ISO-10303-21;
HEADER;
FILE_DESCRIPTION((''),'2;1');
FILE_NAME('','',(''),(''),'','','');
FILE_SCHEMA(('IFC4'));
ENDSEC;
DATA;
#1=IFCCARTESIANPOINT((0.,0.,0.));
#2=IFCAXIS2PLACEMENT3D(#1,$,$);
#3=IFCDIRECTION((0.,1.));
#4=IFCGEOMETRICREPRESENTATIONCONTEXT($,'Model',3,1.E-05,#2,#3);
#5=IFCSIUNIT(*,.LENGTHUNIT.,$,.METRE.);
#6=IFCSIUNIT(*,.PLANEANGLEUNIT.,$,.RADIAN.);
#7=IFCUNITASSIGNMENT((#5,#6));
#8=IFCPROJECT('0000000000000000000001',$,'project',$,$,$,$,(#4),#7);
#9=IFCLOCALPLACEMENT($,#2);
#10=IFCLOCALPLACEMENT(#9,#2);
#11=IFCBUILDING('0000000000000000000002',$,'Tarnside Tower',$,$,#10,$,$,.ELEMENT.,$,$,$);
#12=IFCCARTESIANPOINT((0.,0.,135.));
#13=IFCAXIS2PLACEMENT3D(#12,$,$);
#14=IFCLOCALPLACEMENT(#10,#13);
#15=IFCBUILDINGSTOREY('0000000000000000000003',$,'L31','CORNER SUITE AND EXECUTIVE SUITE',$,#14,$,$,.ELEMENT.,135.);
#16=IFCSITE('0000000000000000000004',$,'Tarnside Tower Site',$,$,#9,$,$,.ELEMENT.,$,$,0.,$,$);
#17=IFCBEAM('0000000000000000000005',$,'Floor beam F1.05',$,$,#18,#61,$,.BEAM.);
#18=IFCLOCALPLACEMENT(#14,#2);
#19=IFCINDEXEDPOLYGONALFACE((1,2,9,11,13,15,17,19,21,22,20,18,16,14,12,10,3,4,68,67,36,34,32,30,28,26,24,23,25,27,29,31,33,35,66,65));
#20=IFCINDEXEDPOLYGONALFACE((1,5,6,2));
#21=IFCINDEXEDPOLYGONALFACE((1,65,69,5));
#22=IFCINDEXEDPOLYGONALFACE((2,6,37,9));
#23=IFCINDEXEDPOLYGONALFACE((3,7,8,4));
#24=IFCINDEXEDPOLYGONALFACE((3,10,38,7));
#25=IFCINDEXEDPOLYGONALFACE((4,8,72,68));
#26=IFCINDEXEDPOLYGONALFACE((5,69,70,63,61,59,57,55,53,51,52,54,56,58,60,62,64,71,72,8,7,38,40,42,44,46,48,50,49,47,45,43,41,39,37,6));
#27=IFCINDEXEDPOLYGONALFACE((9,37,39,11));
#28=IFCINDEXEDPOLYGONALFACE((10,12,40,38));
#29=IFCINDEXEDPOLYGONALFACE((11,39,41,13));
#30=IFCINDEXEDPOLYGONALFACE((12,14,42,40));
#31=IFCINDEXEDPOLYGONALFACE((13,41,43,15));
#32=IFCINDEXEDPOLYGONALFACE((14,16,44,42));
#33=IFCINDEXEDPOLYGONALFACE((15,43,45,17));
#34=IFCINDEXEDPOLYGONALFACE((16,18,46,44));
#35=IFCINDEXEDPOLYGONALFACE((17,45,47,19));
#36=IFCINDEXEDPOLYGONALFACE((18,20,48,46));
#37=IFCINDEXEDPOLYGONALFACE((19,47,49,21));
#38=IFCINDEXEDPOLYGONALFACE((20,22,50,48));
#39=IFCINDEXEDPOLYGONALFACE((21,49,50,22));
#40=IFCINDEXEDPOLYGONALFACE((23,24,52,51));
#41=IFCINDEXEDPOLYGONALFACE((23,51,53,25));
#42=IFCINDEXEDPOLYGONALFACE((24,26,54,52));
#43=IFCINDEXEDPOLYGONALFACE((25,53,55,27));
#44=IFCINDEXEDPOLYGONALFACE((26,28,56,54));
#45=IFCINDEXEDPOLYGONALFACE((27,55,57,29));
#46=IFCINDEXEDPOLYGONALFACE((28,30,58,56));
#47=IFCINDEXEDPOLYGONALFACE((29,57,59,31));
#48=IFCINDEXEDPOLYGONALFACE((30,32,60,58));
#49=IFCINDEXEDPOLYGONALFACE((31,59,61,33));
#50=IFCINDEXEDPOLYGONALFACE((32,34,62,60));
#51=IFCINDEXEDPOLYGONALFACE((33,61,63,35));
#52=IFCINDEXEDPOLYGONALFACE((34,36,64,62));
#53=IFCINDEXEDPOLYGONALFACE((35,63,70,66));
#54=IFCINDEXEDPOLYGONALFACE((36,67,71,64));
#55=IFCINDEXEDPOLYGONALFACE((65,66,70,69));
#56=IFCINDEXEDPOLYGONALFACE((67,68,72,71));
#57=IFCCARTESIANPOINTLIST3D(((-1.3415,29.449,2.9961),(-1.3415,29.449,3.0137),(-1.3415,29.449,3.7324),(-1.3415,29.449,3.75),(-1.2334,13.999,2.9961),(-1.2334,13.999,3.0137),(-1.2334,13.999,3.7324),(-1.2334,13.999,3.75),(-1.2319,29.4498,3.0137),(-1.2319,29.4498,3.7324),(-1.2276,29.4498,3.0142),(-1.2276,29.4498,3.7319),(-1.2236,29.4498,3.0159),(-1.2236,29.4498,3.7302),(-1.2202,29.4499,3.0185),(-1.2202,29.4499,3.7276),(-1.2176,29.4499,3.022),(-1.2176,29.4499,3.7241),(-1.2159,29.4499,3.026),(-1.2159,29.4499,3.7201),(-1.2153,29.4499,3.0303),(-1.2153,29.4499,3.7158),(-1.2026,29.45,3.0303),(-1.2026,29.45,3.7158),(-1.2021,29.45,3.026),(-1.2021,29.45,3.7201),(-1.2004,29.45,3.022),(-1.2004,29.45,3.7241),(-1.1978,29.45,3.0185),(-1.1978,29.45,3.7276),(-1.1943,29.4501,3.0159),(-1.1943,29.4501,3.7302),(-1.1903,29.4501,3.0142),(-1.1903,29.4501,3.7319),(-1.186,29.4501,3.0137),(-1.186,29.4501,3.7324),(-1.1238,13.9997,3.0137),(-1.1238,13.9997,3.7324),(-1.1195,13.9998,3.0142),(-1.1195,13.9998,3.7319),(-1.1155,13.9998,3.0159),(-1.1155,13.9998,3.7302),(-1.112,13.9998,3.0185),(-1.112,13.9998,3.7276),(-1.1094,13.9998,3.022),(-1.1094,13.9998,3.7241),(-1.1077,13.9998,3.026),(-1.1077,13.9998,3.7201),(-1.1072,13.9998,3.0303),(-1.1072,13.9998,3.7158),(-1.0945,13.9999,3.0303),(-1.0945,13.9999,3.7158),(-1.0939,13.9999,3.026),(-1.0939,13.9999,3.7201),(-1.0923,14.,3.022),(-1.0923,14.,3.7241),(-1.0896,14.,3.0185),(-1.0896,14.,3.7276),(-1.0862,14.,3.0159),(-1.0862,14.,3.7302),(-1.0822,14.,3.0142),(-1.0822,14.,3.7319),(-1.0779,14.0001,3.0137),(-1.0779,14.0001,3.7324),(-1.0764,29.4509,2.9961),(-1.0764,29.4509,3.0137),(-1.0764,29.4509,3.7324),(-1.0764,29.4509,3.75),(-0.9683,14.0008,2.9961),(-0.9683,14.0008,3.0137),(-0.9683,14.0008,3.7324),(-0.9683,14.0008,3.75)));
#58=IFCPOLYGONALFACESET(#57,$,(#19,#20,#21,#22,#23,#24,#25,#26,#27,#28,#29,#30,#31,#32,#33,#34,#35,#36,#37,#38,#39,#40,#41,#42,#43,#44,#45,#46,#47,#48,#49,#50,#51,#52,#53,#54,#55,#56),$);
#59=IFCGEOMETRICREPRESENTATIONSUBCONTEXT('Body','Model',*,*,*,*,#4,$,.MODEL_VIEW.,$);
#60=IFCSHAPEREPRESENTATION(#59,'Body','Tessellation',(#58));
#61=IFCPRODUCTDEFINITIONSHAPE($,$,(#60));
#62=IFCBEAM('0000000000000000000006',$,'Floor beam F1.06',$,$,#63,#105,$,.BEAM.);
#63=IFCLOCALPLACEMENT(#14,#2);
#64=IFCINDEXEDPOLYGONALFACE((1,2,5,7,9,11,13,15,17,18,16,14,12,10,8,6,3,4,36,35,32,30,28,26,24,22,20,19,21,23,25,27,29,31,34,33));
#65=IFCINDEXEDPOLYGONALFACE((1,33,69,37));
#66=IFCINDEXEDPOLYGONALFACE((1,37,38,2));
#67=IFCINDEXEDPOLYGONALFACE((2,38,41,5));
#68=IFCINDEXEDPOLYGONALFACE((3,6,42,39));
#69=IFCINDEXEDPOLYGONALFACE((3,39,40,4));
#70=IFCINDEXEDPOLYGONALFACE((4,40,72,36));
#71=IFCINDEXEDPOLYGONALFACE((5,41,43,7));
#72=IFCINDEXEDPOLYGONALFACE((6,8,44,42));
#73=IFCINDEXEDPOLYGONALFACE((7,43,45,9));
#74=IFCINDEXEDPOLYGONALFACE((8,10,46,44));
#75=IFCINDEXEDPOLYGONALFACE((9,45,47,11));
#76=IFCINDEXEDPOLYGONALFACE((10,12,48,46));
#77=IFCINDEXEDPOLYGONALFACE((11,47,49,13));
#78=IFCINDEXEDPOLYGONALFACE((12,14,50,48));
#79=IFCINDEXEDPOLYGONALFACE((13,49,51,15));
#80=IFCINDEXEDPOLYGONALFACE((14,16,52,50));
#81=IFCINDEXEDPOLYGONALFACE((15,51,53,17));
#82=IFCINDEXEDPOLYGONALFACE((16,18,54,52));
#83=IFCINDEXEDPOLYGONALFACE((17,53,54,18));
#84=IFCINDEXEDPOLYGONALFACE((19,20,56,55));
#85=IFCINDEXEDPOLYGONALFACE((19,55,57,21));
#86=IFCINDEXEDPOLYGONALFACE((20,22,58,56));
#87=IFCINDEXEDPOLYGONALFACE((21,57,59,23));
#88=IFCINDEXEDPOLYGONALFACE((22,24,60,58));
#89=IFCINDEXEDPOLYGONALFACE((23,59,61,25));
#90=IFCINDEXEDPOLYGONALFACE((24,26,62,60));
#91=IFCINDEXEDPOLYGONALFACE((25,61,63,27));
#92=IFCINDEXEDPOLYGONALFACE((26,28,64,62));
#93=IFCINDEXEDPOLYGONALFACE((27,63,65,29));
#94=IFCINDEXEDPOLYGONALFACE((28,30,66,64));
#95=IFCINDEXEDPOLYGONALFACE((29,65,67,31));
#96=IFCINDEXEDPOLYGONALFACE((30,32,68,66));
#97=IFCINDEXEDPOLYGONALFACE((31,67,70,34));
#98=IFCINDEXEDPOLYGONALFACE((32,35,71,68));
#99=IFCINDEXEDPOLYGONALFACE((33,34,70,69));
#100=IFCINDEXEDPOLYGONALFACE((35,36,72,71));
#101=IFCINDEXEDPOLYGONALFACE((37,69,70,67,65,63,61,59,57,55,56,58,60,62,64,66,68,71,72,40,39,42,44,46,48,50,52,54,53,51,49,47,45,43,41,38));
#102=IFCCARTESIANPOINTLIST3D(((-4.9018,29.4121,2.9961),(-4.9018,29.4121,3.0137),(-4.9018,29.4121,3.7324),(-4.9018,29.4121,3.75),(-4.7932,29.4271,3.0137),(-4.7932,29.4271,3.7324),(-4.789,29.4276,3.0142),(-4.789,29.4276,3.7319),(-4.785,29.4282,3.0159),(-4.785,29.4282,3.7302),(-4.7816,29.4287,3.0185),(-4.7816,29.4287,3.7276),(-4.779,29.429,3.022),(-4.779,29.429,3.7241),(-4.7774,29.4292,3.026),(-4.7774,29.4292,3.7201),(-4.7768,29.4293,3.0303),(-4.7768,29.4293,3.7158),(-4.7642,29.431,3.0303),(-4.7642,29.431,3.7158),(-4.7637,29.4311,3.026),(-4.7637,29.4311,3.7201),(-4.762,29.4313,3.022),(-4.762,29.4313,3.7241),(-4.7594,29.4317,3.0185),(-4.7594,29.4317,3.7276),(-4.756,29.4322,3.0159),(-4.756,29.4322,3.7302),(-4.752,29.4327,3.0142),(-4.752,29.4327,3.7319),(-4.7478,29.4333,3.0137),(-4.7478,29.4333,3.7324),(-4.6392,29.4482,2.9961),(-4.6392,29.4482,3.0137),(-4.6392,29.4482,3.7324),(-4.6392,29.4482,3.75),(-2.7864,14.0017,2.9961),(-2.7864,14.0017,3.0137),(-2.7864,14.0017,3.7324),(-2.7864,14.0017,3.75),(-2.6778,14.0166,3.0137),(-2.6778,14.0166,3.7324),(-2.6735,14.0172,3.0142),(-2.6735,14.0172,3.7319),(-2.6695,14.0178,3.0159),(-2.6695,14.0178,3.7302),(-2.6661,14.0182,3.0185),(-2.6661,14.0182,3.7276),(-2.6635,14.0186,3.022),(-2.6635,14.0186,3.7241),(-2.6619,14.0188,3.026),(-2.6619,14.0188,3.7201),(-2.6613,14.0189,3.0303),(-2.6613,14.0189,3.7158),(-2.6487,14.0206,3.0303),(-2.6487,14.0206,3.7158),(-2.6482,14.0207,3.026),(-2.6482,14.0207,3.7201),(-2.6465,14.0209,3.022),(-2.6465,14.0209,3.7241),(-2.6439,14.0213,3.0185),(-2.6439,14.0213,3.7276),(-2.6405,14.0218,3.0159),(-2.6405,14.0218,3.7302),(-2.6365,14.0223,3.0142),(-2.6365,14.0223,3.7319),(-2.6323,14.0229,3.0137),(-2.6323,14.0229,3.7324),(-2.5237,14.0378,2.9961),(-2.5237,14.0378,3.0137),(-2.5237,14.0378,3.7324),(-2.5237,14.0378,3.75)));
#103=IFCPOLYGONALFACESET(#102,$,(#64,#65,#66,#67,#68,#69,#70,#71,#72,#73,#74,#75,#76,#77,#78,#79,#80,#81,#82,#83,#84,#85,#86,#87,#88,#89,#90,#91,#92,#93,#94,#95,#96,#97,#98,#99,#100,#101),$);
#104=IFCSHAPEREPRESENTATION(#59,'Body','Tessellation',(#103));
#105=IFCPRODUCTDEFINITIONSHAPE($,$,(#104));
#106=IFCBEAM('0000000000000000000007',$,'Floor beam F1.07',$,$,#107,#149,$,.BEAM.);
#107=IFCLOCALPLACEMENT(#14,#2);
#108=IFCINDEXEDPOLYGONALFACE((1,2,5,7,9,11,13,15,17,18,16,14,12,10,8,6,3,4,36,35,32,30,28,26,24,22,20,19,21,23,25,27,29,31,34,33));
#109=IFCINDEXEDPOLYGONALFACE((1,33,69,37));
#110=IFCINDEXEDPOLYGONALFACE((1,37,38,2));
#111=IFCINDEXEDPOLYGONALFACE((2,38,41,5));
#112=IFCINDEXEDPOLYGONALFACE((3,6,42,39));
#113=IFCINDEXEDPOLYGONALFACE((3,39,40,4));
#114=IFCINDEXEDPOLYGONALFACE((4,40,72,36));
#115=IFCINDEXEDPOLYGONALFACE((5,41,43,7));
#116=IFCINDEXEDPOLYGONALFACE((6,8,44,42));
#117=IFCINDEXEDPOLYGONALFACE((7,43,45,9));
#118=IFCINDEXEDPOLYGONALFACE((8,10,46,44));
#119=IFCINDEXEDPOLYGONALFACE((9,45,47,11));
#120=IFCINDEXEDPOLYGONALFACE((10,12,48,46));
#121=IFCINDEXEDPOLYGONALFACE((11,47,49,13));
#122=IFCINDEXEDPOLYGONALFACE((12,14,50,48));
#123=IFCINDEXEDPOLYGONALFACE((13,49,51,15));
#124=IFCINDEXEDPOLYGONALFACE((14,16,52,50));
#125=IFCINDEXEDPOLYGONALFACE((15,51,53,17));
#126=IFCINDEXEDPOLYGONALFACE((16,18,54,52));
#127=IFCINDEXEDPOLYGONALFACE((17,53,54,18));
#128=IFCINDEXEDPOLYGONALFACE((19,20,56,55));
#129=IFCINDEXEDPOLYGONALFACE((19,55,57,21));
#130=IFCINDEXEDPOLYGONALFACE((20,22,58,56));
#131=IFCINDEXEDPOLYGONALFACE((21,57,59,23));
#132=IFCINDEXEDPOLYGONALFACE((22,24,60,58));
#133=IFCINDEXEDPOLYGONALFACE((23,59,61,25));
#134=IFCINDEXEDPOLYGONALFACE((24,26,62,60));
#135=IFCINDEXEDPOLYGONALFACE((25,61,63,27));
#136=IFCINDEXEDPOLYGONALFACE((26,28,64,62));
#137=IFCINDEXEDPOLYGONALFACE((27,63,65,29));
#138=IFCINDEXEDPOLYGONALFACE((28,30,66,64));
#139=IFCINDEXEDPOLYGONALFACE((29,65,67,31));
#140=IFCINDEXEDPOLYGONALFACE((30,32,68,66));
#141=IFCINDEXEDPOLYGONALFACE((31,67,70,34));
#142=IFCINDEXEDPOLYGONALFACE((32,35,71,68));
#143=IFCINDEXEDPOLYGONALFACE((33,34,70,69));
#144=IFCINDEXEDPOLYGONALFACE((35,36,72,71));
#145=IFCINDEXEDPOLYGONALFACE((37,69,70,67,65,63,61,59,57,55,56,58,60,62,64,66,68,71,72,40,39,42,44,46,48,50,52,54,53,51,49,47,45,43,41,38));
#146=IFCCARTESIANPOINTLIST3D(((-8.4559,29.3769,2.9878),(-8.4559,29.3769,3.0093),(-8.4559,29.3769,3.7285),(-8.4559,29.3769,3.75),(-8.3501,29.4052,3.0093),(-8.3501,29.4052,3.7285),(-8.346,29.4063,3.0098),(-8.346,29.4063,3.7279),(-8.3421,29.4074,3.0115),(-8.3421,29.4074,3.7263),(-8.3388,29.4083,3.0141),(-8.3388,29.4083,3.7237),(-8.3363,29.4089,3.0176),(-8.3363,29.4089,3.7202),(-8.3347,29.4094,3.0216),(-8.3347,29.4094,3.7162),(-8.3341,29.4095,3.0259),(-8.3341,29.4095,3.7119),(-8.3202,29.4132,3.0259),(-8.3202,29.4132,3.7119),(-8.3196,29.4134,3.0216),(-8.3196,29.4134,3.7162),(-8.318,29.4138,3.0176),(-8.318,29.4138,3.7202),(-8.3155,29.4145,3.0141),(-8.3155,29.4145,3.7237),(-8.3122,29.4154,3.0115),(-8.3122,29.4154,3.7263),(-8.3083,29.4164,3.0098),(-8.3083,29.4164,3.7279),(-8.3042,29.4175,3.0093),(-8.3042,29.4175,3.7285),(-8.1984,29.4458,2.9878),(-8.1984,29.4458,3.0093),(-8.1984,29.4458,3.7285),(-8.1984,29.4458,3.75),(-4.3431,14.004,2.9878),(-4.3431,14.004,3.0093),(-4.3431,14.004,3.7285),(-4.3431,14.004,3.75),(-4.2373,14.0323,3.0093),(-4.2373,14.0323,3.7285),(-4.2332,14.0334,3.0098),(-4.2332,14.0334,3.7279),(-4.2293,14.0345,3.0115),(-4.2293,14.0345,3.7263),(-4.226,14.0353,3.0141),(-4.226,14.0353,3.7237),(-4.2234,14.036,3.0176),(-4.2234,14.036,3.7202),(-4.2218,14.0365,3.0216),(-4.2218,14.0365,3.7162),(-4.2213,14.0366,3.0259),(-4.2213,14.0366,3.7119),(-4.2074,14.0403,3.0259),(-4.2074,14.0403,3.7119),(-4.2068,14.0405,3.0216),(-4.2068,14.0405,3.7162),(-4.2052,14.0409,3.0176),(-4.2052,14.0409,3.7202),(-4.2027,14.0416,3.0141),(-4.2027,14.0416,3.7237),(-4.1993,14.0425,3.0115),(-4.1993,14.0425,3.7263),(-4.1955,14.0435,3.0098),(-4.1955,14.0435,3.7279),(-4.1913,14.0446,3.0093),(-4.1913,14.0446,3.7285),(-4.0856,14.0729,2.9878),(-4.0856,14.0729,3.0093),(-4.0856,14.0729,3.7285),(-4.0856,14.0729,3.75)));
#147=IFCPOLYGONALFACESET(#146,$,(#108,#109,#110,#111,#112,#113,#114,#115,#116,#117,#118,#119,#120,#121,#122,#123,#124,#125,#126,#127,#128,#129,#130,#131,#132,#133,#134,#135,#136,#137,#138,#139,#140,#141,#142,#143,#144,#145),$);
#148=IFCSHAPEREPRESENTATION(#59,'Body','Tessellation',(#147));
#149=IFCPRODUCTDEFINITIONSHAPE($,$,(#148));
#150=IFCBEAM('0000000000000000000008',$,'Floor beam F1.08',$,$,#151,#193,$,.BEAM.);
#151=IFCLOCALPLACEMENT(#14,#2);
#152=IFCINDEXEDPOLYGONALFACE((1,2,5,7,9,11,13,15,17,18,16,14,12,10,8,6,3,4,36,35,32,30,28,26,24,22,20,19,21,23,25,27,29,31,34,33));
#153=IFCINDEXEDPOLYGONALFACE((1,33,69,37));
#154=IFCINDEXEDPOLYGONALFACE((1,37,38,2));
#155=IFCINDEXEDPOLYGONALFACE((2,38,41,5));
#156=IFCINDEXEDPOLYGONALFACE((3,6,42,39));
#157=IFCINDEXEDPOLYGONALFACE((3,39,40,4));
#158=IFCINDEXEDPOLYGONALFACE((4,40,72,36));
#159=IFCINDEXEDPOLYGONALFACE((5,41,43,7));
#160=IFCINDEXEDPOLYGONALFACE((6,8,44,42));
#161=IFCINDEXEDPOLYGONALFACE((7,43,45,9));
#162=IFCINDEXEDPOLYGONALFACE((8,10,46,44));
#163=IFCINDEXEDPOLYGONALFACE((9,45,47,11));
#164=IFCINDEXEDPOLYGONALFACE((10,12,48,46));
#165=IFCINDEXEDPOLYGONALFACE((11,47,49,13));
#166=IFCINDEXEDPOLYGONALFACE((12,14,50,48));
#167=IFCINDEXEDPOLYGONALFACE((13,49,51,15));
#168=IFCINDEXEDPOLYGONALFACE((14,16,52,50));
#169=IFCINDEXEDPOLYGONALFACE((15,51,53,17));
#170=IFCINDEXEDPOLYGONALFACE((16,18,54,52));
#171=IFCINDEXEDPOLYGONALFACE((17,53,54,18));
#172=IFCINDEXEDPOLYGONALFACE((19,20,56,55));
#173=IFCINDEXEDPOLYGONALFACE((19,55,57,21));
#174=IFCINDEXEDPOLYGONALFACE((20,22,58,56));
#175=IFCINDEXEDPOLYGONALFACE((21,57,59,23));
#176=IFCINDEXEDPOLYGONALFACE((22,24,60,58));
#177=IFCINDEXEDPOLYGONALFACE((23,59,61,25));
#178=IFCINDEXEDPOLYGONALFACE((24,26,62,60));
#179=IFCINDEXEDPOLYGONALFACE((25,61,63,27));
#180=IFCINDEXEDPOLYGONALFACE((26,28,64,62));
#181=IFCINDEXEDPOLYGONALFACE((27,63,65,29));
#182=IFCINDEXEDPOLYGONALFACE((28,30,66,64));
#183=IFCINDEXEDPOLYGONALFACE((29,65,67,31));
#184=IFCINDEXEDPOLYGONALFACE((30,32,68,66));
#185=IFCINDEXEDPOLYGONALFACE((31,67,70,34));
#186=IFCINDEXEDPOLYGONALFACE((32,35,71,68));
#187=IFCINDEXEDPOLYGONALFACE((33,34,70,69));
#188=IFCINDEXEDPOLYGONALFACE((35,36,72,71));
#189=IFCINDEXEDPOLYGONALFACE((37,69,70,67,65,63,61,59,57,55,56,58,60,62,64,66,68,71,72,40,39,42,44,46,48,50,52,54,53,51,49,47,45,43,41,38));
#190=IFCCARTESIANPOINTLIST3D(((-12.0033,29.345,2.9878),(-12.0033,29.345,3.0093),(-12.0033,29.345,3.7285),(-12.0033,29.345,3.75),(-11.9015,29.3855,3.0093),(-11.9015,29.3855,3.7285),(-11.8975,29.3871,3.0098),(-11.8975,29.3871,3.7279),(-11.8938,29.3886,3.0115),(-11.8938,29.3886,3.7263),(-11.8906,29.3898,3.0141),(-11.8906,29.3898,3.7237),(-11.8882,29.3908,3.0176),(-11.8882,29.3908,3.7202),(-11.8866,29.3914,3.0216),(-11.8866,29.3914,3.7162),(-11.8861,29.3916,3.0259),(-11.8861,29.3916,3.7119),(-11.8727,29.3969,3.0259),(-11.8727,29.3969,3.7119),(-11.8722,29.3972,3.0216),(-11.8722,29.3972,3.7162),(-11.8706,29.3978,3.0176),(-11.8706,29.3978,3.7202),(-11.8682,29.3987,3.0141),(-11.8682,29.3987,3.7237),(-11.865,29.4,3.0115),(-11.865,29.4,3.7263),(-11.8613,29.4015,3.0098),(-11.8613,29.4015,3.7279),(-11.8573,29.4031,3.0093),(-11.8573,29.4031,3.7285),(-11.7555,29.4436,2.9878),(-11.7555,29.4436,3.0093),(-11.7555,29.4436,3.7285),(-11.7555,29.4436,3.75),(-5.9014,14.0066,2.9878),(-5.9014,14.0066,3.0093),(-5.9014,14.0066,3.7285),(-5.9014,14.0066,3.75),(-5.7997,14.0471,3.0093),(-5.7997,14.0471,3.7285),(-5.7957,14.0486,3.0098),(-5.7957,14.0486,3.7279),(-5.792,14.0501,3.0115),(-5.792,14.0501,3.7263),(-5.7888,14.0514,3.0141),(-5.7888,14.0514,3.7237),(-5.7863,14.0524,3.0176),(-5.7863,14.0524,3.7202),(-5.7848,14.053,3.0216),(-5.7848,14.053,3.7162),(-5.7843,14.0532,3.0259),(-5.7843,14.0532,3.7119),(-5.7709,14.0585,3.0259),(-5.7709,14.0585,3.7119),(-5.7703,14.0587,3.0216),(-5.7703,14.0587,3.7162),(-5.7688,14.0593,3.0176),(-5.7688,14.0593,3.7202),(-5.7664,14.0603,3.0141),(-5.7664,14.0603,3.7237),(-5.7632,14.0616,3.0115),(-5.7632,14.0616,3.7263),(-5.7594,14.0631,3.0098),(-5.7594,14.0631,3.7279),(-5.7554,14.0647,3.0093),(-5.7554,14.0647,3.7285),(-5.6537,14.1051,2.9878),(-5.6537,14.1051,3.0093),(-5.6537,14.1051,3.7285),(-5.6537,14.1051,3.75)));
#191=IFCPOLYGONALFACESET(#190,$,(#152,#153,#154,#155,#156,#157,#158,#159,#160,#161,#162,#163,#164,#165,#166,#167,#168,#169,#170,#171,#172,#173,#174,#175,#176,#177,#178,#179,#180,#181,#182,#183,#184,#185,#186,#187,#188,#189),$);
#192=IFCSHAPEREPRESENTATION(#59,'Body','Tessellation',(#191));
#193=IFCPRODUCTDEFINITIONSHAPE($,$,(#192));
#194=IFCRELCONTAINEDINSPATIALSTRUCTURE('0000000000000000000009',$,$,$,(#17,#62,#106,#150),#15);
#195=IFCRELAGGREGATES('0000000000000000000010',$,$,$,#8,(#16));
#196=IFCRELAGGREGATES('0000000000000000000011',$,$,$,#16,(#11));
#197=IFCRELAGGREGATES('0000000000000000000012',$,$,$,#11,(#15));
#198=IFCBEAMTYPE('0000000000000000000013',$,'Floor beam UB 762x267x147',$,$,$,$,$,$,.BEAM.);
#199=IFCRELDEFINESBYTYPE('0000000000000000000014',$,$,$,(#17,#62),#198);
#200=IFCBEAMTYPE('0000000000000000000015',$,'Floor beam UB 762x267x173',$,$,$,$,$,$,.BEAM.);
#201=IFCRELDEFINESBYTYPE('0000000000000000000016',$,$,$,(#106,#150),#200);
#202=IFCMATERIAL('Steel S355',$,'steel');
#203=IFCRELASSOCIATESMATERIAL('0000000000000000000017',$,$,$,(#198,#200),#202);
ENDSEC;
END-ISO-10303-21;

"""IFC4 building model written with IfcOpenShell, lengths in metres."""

from ifc_helpers import new_model, si_unit, direction, frame, origin, origin_2d, place, context, subcontext, project, spatial, i_section, extrude, material, material_profile, profile_set, type_object, element, save


model = new_model("IFC4")

# Units and contexts
model_context = context("Model", 3, precision=1e-05, world=origin(), true_north=direction((0.0, 1.0)))
body_context = subcontext(model_context, "Body", "Model", "MODEL_VIEW")
ifc_project = project(units=[si_unit("LENGTHUNIT", "METRE"), si_unit("PLANEANGLEUNIT", "RADIAN")], contexts=[model_context])

# Site, building, storey
site_placement = place(None, origin())
site = spatial("IfcSite", under=ifc_project, at=site_placement, Name="Tarnside Tower Site", CompositionType="ELEMENT", RefElevation=0.0)
building_placement = place(site_placement, origin())
building = spatial("IfcBuilding", under=site, at=building_placement, Name="Tarnside Tower", CompositionType="ELEMENT")
storey_placement = place(building_placement, frame((0.0, 0.0, 135.0)))
storey = spatial("IfcBuildingStorey", under=building, at=storey_placement, Name="L31", Description="CORNER SUITE AND EXECUTIVE SUITE", CompositionType="ELEMENT", Elevation=135.0)

# Beams
ifc_material_1 = material(Name="Steel S355", Category="steel")
ifc_material_profile_1 = material_profile(ifc_material_1, i_section(OverallWidth=0.2651, OverallDepth=0.7539, WebThickness=0.0127, FlangeThickness=0.0176, FilletRadius=0.0166, at=origin_2d()), Name="UB 762x267x147")
ifc_profile_set_1 = profile_set([ifc_material_profile_1], Name="Steel S355")
beam_type_1 = type_object("IfcBeamType", Name="Floor beam UB 762x267x147", PredefinedType="BEAM", material=ifc_profile_set_1)
beam_1_placement = place(storey_placement, frame((-1.209, 29.45, 3.373), z_axis=(0.007, -0.999975, 0.0), x_axis=(0.999975, 0.007, 0.0)))
element("IfcBeam", 1, at=beam_1_placement, inside=storey, type_object=beam_type_1, Name="Floor beam F1.05", PredefinedType="BEAM", context=body_context, shape_type="SweptSolid", body=[
    extrude(i_section(OverallWidth=0.2651, OverallDepth=0.7539, WebThickness=0.0127, FlangeThickness=0.0176, FilletRadius=0.0166, at=origin_2d()), origin(), (0.0, 0.0, 1.0), 15.4504),
])
beam_2_placement = place(storey_placement, frame((-4.7705, 29.4302, 3.373), z_axis=(0.136001, -0.990709, 0.0), x_axis=(0.990709, 0.136001, 0.0)))
element("IfcBeam", 2, at=beam_2_placement, inside=storey, type_object=beam_type_1, Name="Floor beam F1.06", PredefinedType="BEAM", context=body_context, shape_type="SweptSolid", body=[
    extrude(i_section(OverallWidth=0.2651, OverallDepth=0.7539, WebThickness=0.0127, FlangeThickness=0.0176, FilletRadius=0.0166, at=origin_2d()), origin(), (0.0, 0.0, 1.0), 15.5549),
])
ifc_material_profile_2 = material_profile(ifc_material_1, i_section(OverallWidth=0.2666, OverallDepth=0.7622, WebThickness=0.0144, FlangeThickness=0.0215, FilletRadius=0.0166, at=origin_2d()), Name="UB 762x267x173")
ifc_profile_set_2 = profile_set([ifc_material_profile_2], Name="Steel S355")
beam_type_2 = type_object("IfcBeamType", Name="Floor beam UB 762x267x173", PredefinedType="BEAM", material=ifc_profile_set_2)
beam_3_placement = place(storey_placement, frame((-8.3271, 29.4114, 3.3689), z_axis=(0.258447, -0.966025, 0.0), x_axis=(0.966025, 0.258447, 0.0)))
element("IfcBeam", 3, at=beam_3_placement, inside=storey, type_object=beam_type_2, Name="Floor beam F1.07", PredefinedType="BEAM", context=body_context, shape_type="SweptSolid", body=[
    extrude(i_section(OverallWidth=0.2666, OverallDepth=0.7622, WebThickness=0.0144, FlangeThickness=0.0215, FilletRadius=0.0166, at=origin_2d()), origin(), (0.0, 0.0, 1.0), 15.9136),
])
beam_4_placement = place(storey_placement, frame((-11.8794, 29.3943, 3.3689), z_axis=(0.369638, -0.929176, 0.0), x_axis=(0.929176, 0.369638, 0.0)))
element("IfcBeam", 4, at=beam_4_placement, inside=storey, type_object=beam_type_2, Name="Floor beam F1.08", PredefinedType="BEAM", context=body_context, shape_type="SweptSolid", body=[
    extrude(i_section(OverallWidth=0.2666, OverallDepth=0.7622, WebThickness=0.0144, FlangeThickness=0.0215, FilletRadius=0.0166, at=origin_2d()), origin(), (0.0, 0.0, 1.0), 16.5076),
])

save(model, "model.ifc")
